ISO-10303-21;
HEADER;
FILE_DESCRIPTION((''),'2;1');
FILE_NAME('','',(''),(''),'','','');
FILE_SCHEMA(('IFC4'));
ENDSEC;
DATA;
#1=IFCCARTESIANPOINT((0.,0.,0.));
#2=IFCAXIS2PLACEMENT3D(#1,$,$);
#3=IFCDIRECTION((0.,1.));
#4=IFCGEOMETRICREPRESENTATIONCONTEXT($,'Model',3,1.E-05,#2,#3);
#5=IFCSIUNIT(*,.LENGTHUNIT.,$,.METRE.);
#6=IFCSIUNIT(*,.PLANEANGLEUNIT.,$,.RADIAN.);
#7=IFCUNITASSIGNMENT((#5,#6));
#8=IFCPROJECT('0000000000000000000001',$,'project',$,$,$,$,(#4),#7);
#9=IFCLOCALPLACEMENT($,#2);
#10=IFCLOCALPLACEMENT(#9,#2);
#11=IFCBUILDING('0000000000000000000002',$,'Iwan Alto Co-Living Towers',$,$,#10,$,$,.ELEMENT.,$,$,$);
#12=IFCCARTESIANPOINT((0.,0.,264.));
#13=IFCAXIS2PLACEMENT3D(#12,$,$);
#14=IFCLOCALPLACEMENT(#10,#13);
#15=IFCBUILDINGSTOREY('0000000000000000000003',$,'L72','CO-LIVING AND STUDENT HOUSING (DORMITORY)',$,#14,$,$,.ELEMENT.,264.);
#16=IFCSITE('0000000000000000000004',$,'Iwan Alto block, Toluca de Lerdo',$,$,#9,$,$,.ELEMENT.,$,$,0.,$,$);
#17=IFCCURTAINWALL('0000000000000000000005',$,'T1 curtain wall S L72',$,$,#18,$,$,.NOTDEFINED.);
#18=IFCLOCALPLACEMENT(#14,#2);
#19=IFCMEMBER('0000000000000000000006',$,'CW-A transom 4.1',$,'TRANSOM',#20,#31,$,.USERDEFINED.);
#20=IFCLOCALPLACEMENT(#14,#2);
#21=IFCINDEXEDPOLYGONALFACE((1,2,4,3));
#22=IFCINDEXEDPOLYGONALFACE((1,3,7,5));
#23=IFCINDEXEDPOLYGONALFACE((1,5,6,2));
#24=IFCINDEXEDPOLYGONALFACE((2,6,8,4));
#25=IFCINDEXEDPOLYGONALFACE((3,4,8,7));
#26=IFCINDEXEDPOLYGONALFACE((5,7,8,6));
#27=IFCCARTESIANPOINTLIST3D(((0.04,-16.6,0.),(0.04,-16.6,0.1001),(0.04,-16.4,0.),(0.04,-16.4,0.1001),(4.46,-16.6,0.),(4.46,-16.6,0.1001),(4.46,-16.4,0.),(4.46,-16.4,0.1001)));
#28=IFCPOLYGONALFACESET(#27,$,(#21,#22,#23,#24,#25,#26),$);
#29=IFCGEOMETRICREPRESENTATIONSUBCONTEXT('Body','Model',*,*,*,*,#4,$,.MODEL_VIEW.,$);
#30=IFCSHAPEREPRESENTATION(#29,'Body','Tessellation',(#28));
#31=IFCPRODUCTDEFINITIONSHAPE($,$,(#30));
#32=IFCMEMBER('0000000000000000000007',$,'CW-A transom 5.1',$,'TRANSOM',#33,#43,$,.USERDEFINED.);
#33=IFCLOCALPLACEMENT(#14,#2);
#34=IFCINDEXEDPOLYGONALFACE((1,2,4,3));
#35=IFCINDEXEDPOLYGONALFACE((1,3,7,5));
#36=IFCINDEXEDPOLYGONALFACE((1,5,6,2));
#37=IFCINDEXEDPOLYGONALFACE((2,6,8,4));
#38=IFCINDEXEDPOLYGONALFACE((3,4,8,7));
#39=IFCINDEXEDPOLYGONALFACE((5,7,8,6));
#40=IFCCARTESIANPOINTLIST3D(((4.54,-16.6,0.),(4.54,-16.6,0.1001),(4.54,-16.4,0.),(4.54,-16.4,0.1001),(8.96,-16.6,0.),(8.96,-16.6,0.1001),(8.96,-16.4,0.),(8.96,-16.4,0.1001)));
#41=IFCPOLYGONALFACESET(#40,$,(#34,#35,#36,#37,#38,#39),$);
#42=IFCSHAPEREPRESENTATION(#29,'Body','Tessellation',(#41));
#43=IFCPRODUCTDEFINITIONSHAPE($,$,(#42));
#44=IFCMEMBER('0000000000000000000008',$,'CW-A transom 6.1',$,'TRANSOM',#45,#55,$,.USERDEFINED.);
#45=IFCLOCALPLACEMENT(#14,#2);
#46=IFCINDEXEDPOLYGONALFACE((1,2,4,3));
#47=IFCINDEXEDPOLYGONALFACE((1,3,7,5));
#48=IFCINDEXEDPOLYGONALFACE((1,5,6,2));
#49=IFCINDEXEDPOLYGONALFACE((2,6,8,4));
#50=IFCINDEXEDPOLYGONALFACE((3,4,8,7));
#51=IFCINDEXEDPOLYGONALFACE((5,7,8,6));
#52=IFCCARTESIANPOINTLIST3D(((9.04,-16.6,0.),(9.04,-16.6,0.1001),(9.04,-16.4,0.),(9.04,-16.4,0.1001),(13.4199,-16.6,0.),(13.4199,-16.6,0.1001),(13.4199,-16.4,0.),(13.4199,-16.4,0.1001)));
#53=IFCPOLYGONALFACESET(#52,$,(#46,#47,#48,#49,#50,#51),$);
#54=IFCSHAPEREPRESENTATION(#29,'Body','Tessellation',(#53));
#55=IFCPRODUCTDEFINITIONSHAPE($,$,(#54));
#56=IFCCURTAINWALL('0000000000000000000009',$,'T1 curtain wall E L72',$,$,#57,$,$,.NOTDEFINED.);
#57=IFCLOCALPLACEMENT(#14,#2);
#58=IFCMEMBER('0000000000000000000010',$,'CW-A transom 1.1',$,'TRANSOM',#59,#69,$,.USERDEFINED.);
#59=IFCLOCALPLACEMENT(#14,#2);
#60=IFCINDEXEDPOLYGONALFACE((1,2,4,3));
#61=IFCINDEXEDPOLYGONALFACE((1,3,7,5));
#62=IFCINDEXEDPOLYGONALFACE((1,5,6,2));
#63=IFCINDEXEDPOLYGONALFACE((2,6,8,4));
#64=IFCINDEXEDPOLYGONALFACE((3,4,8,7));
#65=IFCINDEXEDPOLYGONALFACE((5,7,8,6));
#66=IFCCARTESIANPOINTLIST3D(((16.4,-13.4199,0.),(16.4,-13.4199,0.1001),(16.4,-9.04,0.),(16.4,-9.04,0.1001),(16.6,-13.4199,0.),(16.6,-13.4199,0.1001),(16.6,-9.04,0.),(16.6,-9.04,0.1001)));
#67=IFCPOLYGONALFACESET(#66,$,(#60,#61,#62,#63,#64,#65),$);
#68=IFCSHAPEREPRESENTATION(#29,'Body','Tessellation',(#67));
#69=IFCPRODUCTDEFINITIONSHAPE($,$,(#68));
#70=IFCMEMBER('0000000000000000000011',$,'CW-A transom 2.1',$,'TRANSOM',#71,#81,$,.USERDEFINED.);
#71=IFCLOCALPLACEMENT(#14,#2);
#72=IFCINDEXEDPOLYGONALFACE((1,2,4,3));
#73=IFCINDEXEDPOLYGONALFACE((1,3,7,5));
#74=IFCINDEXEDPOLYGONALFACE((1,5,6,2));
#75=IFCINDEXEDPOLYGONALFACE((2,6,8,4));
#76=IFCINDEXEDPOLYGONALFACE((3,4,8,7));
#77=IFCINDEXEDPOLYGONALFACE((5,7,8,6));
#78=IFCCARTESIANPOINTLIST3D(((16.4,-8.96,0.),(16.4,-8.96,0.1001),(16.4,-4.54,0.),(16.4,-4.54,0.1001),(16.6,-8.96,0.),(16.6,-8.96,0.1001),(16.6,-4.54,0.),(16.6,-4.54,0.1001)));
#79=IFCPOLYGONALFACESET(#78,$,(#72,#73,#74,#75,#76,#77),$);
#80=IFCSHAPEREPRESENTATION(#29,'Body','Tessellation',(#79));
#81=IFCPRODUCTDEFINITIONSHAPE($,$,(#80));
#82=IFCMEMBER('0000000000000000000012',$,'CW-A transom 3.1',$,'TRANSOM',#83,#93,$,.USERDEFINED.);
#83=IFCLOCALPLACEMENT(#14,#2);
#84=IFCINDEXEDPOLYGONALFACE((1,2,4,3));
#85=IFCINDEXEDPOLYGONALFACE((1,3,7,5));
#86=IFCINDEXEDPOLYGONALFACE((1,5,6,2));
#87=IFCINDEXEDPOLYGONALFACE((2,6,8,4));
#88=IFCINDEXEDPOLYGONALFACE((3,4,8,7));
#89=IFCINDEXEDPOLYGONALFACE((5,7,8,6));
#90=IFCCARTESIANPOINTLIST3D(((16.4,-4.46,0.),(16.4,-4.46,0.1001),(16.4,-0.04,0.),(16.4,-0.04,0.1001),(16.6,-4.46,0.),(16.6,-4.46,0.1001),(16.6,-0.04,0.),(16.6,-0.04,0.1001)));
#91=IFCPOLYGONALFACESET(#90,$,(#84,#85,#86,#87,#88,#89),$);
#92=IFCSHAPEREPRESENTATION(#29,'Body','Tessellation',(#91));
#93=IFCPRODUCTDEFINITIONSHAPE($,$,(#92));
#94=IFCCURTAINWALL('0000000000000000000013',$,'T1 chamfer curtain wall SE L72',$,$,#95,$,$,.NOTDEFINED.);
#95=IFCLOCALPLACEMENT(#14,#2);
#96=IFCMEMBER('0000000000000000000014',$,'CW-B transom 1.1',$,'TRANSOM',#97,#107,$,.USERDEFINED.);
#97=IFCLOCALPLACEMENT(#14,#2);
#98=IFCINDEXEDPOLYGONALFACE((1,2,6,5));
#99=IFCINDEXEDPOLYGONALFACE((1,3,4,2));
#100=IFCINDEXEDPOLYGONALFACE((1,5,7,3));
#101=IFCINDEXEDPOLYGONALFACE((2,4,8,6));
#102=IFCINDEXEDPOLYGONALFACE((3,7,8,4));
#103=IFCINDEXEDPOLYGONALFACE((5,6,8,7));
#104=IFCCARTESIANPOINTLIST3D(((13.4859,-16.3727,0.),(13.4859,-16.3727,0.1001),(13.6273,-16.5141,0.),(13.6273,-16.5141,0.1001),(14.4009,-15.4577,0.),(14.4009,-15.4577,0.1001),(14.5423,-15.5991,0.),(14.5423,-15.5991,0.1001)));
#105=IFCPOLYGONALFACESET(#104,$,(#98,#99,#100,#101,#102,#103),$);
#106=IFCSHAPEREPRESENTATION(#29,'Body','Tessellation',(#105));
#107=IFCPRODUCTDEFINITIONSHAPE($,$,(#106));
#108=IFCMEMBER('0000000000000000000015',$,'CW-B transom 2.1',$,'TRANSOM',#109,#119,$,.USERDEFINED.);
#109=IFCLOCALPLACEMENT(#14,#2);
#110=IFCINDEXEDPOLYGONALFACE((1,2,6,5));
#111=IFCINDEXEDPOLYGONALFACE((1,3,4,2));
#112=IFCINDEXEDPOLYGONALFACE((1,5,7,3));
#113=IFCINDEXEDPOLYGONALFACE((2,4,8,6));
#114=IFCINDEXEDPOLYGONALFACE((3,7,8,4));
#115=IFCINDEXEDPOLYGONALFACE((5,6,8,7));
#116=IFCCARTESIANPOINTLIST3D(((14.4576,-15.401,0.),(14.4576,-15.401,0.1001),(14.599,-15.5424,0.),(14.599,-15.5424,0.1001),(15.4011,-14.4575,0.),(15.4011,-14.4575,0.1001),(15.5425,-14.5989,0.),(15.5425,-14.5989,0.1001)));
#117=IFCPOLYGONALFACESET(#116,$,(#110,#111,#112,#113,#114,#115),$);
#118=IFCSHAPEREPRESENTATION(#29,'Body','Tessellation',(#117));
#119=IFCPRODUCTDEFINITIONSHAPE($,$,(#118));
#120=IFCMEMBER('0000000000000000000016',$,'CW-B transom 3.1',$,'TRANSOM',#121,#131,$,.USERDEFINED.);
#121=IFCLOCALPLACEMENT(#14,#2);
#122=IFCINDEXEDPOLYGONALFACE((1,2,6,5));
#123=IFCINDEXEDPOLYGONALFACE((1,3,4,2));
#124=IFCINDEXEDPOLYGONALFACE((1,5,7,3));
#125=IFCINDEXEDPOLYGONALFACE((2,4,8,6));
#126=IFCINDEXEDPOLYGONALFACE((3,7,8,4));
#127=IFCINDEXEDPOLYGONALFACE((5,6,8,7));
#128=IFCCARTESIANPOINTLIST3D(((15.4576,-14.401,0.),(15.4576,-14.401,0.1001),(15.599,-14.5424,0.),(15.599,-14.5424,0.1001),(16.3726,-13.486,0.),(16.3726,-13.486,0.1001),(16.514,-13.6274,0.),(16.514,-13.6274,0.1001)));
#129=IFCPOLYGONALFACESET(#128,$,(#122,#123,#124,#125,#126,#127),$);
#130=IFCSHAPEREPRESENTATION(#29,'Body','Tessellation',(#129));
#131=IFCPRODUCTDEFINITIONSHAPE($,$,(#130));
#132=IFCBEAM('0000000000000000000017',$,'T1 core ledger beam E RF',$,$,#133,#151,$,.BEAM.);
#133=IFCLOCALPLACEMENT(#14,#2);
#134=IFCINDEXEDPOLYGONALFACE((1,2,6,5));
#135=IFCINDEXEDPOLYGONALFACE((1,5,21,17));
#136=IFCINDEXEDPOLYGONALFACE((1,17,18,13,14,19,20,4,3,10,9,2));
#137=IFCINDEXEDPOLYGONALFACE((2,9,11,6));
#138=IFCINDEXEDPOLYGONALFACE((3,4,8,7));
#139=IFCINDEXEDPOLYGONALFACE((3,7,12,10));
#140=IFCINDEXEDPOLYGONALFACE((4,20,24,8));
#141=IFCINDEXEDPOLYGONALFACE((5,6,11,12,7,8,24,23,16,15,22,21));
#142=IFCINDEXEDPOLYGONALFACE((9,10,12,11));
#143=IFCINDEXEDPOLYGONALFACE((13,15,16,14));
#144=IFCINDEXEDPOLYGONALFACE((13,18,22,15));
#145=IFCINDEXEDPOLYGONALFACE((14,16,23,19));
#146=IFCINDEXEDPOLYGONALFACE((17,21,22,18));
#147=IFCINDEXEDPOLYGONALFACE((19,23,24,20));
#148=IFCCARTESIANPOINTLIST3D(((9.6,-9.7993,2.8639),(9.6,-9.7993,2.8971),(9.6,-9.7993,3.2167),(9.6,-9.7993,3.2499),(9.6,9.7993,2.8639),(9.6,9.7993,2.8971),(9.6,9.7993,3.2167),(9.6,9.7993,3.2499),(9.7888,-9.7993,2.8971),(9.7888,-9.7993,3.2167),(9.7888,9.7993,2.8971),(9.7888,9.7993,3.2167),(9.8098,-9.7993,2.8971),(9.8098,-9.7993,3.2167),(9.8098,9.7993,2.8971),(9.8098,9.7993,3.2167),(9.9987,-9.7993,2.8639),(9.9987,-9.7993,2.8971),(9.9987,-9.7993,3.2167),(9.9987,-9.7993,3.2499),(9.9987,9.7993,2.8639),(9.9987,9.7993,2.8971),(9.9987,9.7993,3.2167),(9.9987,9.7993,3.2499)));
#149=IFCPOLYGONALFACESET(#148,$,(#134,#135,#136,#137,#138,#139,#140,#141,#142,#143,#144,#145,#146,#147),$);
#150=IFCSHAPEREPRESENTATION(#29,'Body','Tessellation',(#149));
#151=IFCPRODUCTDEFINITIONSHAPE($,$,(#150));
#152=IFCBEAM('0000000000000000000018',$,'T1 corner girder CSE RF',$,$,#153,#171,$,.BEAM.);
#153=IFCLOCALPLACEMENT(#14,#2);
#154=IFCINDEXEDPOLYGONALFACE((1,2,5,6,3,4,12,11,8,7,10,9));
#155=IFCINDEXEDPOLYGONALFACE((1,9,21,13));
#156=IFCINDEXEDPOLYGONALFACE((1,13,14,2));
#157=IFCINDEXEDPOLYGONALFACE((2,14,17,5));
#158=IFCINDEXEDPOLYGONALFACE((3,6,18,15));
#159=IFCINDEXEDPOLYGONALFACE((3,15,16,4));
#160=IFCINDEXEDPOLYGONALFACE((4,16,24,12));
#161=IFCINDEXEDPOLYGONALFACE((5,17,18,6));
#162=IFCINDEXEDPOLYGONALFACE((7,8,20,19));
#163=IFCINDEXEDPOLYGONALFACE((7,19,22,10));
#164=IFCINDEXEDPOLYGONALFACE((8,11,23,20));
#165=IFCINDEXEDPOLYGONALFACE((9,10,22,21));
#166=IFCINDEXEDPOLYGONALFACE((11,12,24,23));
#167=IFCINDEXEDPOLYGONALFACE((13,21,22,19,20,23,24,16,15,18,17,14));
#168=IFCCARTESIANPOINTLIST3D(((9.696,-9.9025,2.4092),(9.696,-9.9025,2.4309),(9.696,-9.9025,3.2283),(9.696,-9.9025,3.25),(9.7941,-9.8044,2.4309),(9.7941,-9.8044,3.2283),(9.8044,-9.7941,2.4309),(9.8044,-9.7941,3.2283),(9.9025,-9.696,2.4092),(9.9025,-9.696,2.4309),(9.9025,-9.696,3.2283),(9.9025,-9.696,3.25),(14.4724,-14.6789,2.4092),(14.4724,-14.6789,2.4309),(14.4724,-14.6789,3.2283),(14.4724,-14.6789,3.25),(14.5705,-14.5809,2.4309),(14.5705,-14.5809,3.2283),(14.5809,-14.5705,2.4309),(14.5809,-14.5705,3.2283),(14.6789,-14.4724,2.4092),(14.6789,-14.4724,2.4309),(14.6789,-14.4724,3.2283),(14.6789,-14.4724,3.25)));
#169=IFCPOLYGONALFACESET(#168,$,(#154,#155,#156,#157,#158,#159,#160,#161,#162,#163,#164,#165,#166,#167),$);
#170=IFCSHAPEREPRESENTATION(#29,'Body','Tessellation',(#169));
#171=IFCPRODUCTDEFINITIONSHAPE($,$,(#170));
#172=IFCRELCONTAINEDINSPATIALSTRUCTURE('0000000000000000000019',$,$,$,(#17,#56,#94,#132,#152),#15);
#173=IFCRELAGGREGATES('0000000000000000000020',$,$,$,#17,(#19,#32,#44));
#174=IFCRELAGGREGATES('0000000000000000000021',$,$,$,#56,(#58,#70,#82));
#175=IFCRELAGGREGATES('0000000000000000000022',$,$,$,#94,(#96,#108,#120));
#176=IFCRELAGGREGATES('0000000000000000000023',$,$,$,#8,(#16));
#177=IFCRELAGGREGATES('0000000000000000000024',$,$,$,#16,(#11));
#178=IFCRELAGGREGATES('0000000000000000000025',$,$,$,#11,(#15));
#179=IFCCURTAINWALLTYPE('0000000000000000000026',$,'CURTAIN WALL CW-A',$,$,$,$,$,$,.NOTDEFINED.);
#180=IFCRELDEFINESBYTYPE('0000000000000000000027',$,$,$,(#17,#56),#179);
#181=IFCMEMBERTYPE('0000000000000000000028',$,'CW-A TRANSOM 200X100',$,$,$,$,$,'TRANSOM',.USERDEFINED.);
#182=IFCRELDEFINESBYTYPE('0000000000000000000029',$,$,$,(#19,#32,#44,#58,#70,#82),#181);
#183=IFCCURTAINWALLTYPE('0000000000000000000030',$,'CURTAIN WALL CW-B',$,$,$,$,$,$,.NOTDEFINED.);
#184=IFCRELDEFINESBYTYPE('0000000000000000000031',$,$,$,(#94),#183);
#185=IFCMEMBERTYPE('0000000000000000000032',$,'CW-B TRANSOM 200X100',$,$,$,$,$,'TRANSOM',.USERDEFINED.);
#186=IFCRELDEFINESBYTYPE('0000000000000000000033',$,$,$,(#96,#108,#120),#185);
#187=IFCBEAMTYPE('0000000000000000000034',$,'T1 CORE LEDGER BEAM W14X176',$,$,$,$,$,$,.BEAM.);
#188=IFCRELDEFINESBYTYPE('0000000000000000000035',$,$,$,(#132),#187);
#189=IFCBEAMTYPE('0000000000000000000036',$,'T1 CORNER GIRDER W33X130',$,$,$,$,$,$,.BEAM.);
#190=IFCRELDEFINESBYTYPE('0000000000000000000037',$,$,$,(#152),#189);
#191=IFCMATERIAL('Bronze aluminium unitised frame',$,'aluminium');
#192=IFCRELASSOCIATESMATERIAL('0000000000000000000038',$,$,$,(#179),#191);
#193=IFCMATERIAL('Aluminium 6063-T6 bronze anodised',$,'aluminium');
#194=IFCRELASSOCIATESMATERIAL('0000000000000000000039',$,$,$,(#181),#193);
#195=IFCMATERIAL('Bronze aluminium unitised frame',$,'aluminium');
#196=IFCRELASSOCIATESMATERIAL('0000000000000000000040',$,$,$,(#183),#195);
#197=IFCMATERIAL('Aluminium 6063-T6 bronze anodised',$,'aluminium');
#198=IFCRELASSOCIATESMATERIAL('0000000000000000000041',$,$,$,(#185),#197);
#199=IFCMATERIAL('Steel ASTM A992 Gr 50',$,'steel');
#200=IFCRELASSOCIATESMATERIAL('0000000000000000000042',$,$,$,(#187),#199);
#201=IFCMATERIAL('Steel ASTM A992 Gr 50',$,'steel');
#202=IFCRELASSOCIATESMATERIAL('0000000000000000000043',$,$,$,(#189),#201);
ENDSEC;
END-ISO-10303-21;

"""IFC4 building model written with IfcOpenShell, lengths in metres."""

from ifc_helpers import new_model, si_unit, direction, frame, origin, origin_2d, place, context, subcontext, project, spatial, rectangle, i_section, extrude, material, material_profile, profile_set, type_object, element, aggregate, save


model = new_model("IFC4")

# Units and contexts
model_context = context("Model", 3, precision=1e-05, world=origin(), true_north=direction((0.0, 1.0)))
body_context = subcontext(model_context, "Body", "Model", "MODEL_VIEW")
ifc_project = project(units=[si_unit("LENGTHUNIT", "METRE"), si_unit("PLANEANGLEUNIT", "RADIAN")], contexts=[model_context])

# Site, building, storey
site_placement = place(None, origin())
site = spatial("IfcSite", under=ifc_project, at=site_placement, Name="Iwan Alto block, Toluca de Lerdo", CompositionType="ELEMENT", RefElevation=0.0)
building_placement = place(site_placement, origin())
building = spatial("IfcBuilding", under=site, at=building_placement, Name="Iwan Alto Co-Living Towers", CompositionType="ELEMENT")
storey_placement = place(building_placement, frame((0.0, 0.0, 264.0)))
storey = spatial("IfcBuildingStorey", under=building, at=storey_placement, Name="L72", Description="CO-LIVING AND STUDENT HOUSING (DORMITORY)", CompositionType="ELEMENT", Elevation=264.0)

# Curtain walls, members
ifc_material_1 = material(Name="Bronze aluminium unitised frame", Category="aluminium")
curtain_wall_type_1 = type_object("IfcCurtainWallType", Name="CURTAIN WALL CW-A", PredefinedType="NOTDEFINED", material=ifc_material_1)
curtain_wall_1_placement = place(storey_placement, origin())
curtain_wall_1 = element("IfcCurtainWall", 1, at=curtain_wall_1_placement, inside=storey, type_object=curtain_wall_type_1, Name="T1 curtain wall S L72", PredefinedType="NOTDEFINED")
ifc_material_2 = material(Name="Aluminium 6063-T6 bronze anodised", Category="aluminium")
ifc_material_profile_1 = material_profile(ifc_material_2, rectangle(XDim=0.2, YDim=0.1001, at=origin_2d()), Name="AL 200X100")
ifc_profile_set_1 = profile_set([ifc_material_profile_1], Name="Aluminium 6063-T6 bronze anodised")
member_type_1 = type_object("IfcMemberType", Name="CW-A TRANSOM 200X100", ElementType="TRANSOM", PredefinedType="USERDEFINED", material=ifc_profile_set_1)
member_1_placement = place(storey_placement, frame((0.04, -16.5, 0.05), z_axis=(1.0, 0.0, 0.0), x_axis=(0.0, 1.0, 0.0)))
member_1 = element("IfcMember", 2, at=member_1_placement, type_object=member_type_1, Name="CW-A transom 4.1", ObjectType="TRANSOM", PredefinedType="USERDEFINED", context=body_context, shape_type="SweptSolid", body=[
    extrude(rectangle(XDim=0.2, YDim=0.1001, at=origin_2d()), origin(), (0.0, 0.0, 1.0), 4.4199),
])
member_2_placement = place(storey_placement, frame((4.54, -16.5, 0.05), z_axis=(1.0, 0.0, 0.0), x_axis=(0.0, 1.0, 0.0)))
member_2 = element("IfcMember", 3, at=member_2_placement, type_object=member_type_1, Name="CW-A transom 5.1", ObjectType="TRANSOM", PredefinedType="USERDEFINED", context=body_context, shape_type="SweptSolid", body=[
    extrude(rectangle(XDim=0.2, YDim=0.1001, at=origin_2d()), origin(), (0.0, 0.0, 1.0), 4.4199),
])
member_3_placement = place(storey_placement, frame((9.04, -16.5, 0.05), z_axis=(1.0, 0.0, 0.0), x_axis=(0.0, 1.0, 0.0)))
member_3 = element("IfcMember", 4, at=member_3_placement, type_object=member_type_1, Name="CW-A transom 6.1", ObjectType="TRANSOM", PredefinedType="USERDEFINED", context=body_context, shape_type="SweptSolid", body=[
    extrude(rectangle(XDim=0.2, YDim=0.1001, at=origin_2d()), origin(), (0.0, 0.0, 1.0), 4.3799),
])
curtain_wall_2_placement = place(storey_placement, origin())
curtain_wall_2 = element("IfcCurtainWall", 5, at=curtain_wall_2_placement, inside=storey, type_object=curtain_wall_type_1, Name="T1 curtain wall E L72", PredefinedType="NOTDEFINED")
member_4_placement = place(storey_placement, frame((16.5, -13.4199, 0.05), z_axis=(0.0, 1.0, 0.0), x_axis=(-1.0, 0.0, 0.0)))
member_4 = element("IfcMember", 6, at=member_4_placement, type_object=member_type_1, Name="CW-A transom 1.1", ObjectType="TRANSOM", PredefinedType="USERDEFINED", context=body_context, shape_type="SweptSolid", body=[
    extrude(rectangle(XDim=0.2, YDim=0.1001, at=origin_2d()), origin(), (0.0, 0.0, 1.0), 4.3799),
])
member_5_placement = place(storey_placement, frame((16.5, -8.96, 0.05), z_axis=(0.0, 1.0, 0.0), x_axis=(-1.0, 0.0, 0.0)))
member_5 = element("IfcMember", 7, at=member_5_placement, type_object=member_type_1, Name="CW-A transom 2.1", ObjectType="TRANSOM", PredefinedType="USERDEFINED", context=body_context, shape_type="SweptSolid", body=[
    extrude(rectangle(XDim=0.2, YDim=0.1001, at=origin_2d()), origin(), (0.0, 0.0, 1.0), 4.4199),
])
member_6_placement = place(storey_placement, frame((16.5, -4.46, 0.05), z_axis=(0.0, 1.0, 0.0), x_axis=(-1.0, 0.0, 0.0)))
member_6 = element("IfcMember", 8, at=member_6_placement, type_object=member_type_1, Name="CW-A transom 3.1", ObjectType="TRANSOM", PredefinedType="USERDEFINED", context=body_context, shape_type="SweptSolid", body=[
    extrude(rectangle(XDim=0.2, YDim=0.1001, at=origin_2d()), origin(), (0.0, 0.0, 1.0), 4.4199),
])
ifc_material_3 = material(Name="Bronze aluminium unitised frame", Category="aluminium")
curtain_wall_type_2 = type_object("IfcCurtainWallType", Name="CURTAIN WALL CW-B", PredefinedType="NOTDEFINED", material=ifc_material_3)
curtain_wall_3_placement = place(storey_placement, origin())
curtain_wall_3 = element("IfcCurtainWall", 9, at=curtain_wall_3_placement, inside=storey, type_object=curtain_wall_type_2, Name="T1 chamfer curtain wall SE L72", PredefinedType="NOTDEFINED")
ifc_material_4 = material(Name="Aluminium 6063-T6 bronze anodised", Category="aluminium")
ifc_material_profile_2 = material_profile(ifc_material_4, rectangle(XDim=0.2, YDim=0.1001, at=origin_2d()), Name="AL 200X100")
ifc_profile_set_2 = profile_set([ifc_material_profile_2], Name="Aluminium 6063-T6 bronze anodised")
member_type_2 = type_object("IfcMemberType", Name="CW-B TRANSOM 200X100", ElementType="TRANSOM", PredefinedType="USERDEFINED", material=ifc_profile_set_2)
member_7_placement = place(storey_placement, frame((13.5566, -16.4434, 0.05), z_axis=(0.707107, 0.707107, 0.0), x_axis=(-0.707107, 0.707107, 0.0)))
member_7 = element("IfcMember", 10, at=member_7_placement, type_object=member_type_2, Name="CW-B transom 1.1", ObjectType="TRANSOM", PredefinedType="USERDEFINED", context=body_context, shape_type="SweptSolid", body=[
    extrude(rectangle(XDim=0.2, YDim=0.1001, at=origin_2d()), origin(), (0.0, 0.0, 1.0), 1.2939),
])
member_8_placement = place(storey_placement, frame((14.5283, -15.4717, 0.05), z_axis=(0.707107, 0.707107, 0.0), x_axis=(-0.707107, 0.707107, 0.0)))
member_8 = element("IfcMember", 11, at=member_8_placement, type_object=member_type_2, Name="CW-B transom 2.1", ObjectType="TRANSOM", PredefinedType="USERDEFINED", context=body_context, shape_type="SweptSolid", body=[
    extrude(rectangle(XDim=0.2, YDim=0.1001, at=origin_2d()), origin(), (0.0, 0.0, 1.0), 1.3342),
])
member_9_placement = place(storey_placement, frame((15.5283, -14.4717, 0.05), z_axis=(0.707107, 0.707107, 0.0), x_axis=(-0.707107, 0.707107, 0.0)))
member_9 = element("IfcMember", 12, at=member_9_placement, type_object=member_type_2, Name="CW-B transom 3.1", ObjectType="TRANSOM", PredefinedType="USERDEFINED", context=body_context, shape_type="SweptSolid", body=[
    extrude(rectangle(XDim=0.2, YDim=0.1001, at=origin_2d()), origin(), (0.0, 0.0, 1.0), 1.2939),
])

# Beams
ifc_material_5 = material(Name="Steel ASTM A992 Gr 50", Category="steel")
ifc_material_profile_3 = material_profile(ifc_material_5, i_section(OverallWidth=0.3987, OverallDepth=0.386, WebThickness=0.021, FlangeThickness=0.0332, at=origin_2d()), Name="W14X176")
ifc_profile_set_3 = profile_set([ifc_material_profile_3], Name="Steel ASTM A992 Gr 50")
beam_type_1 = type_object("IfcBeamType", Name="T1 CORE LEDGER BEAM W14X176", PredefinedType="BEAM", material=ifc_profile_set_3)
beam_1_placement = place(storey_placement, frame((9.7993, -9.7993, 3.0569), z_axis=(0.0, 1.0, 0.0), x_axis=(-1.0, 0.0, 0.0)))
element("IfcBeam", 13, at=beam_1_placement, inside=storey, type_object=beam_type_1, Name="T1 core ledger beam E RF", PredefinedType="BEAM", context=body_context, shape_type="SweptSolid", body=[
    extrude(i_section(OverallWidth=0.3987, OverallDepth=0.386, WebThickness=0.021, FlangeThickness=0.0332, at=origin_2d()), origin(), (0.0, 0.0, 1.0), 19.5986),
])
ifc_material_6 = material(Name="Steel ASTM A992 Gr 50", Category="steel")
ifc_material_profile_4 = material_profile(ifc_material_6, i_section(OverallWidth=0.292, OverallDepth=0.8408, WebThickness=0.0146, FlangeThickness=0.0217, at=origin_2d()), Name="W33X130")
ifc_profile_set_4 = profile_set([ifc_material_profile_4], Name="Steel ASTM A992 Gr 50")
beam_type_2 = type_object("IfcBeamType", Name="T1 CORNER GIRDER W33X130", PredefinedType="BEAM", material=ifc_profile_set_4)
beam_2_placement = place(storey_placement, frame((14.5757, -14.5757, 2.8296), z_axis=(-0.707107, 0.707107, 0.0), x_axis=(-0.707107, -0.707107, 0.0)))
element("IfcBeam", 14, at=beam_2_placement, inside=storey, type_object=beam_type_2, Name="T1 corner girder CSE RF", PredefinedType="BEAM", context=body_context, shape_type="SweptSolid", body=[
    extrude(i_section(OverallWidth=0.292, OverallDepth=0.8408, WebThickness=0.0146, FlangeThickness=0.0217, at=origin_2d()), origin(), (0.0, 0.0, 1.0), 6.7549),
])

aggregate(curtain_wall_1, [member_1, member_2, member_3])
aggregate(curtain_wall_2, [member_4, member_5, member_6])
aggregate(curtain_wall_3, [member_7, member_8, member_9])

save(model, "model.ifc")
